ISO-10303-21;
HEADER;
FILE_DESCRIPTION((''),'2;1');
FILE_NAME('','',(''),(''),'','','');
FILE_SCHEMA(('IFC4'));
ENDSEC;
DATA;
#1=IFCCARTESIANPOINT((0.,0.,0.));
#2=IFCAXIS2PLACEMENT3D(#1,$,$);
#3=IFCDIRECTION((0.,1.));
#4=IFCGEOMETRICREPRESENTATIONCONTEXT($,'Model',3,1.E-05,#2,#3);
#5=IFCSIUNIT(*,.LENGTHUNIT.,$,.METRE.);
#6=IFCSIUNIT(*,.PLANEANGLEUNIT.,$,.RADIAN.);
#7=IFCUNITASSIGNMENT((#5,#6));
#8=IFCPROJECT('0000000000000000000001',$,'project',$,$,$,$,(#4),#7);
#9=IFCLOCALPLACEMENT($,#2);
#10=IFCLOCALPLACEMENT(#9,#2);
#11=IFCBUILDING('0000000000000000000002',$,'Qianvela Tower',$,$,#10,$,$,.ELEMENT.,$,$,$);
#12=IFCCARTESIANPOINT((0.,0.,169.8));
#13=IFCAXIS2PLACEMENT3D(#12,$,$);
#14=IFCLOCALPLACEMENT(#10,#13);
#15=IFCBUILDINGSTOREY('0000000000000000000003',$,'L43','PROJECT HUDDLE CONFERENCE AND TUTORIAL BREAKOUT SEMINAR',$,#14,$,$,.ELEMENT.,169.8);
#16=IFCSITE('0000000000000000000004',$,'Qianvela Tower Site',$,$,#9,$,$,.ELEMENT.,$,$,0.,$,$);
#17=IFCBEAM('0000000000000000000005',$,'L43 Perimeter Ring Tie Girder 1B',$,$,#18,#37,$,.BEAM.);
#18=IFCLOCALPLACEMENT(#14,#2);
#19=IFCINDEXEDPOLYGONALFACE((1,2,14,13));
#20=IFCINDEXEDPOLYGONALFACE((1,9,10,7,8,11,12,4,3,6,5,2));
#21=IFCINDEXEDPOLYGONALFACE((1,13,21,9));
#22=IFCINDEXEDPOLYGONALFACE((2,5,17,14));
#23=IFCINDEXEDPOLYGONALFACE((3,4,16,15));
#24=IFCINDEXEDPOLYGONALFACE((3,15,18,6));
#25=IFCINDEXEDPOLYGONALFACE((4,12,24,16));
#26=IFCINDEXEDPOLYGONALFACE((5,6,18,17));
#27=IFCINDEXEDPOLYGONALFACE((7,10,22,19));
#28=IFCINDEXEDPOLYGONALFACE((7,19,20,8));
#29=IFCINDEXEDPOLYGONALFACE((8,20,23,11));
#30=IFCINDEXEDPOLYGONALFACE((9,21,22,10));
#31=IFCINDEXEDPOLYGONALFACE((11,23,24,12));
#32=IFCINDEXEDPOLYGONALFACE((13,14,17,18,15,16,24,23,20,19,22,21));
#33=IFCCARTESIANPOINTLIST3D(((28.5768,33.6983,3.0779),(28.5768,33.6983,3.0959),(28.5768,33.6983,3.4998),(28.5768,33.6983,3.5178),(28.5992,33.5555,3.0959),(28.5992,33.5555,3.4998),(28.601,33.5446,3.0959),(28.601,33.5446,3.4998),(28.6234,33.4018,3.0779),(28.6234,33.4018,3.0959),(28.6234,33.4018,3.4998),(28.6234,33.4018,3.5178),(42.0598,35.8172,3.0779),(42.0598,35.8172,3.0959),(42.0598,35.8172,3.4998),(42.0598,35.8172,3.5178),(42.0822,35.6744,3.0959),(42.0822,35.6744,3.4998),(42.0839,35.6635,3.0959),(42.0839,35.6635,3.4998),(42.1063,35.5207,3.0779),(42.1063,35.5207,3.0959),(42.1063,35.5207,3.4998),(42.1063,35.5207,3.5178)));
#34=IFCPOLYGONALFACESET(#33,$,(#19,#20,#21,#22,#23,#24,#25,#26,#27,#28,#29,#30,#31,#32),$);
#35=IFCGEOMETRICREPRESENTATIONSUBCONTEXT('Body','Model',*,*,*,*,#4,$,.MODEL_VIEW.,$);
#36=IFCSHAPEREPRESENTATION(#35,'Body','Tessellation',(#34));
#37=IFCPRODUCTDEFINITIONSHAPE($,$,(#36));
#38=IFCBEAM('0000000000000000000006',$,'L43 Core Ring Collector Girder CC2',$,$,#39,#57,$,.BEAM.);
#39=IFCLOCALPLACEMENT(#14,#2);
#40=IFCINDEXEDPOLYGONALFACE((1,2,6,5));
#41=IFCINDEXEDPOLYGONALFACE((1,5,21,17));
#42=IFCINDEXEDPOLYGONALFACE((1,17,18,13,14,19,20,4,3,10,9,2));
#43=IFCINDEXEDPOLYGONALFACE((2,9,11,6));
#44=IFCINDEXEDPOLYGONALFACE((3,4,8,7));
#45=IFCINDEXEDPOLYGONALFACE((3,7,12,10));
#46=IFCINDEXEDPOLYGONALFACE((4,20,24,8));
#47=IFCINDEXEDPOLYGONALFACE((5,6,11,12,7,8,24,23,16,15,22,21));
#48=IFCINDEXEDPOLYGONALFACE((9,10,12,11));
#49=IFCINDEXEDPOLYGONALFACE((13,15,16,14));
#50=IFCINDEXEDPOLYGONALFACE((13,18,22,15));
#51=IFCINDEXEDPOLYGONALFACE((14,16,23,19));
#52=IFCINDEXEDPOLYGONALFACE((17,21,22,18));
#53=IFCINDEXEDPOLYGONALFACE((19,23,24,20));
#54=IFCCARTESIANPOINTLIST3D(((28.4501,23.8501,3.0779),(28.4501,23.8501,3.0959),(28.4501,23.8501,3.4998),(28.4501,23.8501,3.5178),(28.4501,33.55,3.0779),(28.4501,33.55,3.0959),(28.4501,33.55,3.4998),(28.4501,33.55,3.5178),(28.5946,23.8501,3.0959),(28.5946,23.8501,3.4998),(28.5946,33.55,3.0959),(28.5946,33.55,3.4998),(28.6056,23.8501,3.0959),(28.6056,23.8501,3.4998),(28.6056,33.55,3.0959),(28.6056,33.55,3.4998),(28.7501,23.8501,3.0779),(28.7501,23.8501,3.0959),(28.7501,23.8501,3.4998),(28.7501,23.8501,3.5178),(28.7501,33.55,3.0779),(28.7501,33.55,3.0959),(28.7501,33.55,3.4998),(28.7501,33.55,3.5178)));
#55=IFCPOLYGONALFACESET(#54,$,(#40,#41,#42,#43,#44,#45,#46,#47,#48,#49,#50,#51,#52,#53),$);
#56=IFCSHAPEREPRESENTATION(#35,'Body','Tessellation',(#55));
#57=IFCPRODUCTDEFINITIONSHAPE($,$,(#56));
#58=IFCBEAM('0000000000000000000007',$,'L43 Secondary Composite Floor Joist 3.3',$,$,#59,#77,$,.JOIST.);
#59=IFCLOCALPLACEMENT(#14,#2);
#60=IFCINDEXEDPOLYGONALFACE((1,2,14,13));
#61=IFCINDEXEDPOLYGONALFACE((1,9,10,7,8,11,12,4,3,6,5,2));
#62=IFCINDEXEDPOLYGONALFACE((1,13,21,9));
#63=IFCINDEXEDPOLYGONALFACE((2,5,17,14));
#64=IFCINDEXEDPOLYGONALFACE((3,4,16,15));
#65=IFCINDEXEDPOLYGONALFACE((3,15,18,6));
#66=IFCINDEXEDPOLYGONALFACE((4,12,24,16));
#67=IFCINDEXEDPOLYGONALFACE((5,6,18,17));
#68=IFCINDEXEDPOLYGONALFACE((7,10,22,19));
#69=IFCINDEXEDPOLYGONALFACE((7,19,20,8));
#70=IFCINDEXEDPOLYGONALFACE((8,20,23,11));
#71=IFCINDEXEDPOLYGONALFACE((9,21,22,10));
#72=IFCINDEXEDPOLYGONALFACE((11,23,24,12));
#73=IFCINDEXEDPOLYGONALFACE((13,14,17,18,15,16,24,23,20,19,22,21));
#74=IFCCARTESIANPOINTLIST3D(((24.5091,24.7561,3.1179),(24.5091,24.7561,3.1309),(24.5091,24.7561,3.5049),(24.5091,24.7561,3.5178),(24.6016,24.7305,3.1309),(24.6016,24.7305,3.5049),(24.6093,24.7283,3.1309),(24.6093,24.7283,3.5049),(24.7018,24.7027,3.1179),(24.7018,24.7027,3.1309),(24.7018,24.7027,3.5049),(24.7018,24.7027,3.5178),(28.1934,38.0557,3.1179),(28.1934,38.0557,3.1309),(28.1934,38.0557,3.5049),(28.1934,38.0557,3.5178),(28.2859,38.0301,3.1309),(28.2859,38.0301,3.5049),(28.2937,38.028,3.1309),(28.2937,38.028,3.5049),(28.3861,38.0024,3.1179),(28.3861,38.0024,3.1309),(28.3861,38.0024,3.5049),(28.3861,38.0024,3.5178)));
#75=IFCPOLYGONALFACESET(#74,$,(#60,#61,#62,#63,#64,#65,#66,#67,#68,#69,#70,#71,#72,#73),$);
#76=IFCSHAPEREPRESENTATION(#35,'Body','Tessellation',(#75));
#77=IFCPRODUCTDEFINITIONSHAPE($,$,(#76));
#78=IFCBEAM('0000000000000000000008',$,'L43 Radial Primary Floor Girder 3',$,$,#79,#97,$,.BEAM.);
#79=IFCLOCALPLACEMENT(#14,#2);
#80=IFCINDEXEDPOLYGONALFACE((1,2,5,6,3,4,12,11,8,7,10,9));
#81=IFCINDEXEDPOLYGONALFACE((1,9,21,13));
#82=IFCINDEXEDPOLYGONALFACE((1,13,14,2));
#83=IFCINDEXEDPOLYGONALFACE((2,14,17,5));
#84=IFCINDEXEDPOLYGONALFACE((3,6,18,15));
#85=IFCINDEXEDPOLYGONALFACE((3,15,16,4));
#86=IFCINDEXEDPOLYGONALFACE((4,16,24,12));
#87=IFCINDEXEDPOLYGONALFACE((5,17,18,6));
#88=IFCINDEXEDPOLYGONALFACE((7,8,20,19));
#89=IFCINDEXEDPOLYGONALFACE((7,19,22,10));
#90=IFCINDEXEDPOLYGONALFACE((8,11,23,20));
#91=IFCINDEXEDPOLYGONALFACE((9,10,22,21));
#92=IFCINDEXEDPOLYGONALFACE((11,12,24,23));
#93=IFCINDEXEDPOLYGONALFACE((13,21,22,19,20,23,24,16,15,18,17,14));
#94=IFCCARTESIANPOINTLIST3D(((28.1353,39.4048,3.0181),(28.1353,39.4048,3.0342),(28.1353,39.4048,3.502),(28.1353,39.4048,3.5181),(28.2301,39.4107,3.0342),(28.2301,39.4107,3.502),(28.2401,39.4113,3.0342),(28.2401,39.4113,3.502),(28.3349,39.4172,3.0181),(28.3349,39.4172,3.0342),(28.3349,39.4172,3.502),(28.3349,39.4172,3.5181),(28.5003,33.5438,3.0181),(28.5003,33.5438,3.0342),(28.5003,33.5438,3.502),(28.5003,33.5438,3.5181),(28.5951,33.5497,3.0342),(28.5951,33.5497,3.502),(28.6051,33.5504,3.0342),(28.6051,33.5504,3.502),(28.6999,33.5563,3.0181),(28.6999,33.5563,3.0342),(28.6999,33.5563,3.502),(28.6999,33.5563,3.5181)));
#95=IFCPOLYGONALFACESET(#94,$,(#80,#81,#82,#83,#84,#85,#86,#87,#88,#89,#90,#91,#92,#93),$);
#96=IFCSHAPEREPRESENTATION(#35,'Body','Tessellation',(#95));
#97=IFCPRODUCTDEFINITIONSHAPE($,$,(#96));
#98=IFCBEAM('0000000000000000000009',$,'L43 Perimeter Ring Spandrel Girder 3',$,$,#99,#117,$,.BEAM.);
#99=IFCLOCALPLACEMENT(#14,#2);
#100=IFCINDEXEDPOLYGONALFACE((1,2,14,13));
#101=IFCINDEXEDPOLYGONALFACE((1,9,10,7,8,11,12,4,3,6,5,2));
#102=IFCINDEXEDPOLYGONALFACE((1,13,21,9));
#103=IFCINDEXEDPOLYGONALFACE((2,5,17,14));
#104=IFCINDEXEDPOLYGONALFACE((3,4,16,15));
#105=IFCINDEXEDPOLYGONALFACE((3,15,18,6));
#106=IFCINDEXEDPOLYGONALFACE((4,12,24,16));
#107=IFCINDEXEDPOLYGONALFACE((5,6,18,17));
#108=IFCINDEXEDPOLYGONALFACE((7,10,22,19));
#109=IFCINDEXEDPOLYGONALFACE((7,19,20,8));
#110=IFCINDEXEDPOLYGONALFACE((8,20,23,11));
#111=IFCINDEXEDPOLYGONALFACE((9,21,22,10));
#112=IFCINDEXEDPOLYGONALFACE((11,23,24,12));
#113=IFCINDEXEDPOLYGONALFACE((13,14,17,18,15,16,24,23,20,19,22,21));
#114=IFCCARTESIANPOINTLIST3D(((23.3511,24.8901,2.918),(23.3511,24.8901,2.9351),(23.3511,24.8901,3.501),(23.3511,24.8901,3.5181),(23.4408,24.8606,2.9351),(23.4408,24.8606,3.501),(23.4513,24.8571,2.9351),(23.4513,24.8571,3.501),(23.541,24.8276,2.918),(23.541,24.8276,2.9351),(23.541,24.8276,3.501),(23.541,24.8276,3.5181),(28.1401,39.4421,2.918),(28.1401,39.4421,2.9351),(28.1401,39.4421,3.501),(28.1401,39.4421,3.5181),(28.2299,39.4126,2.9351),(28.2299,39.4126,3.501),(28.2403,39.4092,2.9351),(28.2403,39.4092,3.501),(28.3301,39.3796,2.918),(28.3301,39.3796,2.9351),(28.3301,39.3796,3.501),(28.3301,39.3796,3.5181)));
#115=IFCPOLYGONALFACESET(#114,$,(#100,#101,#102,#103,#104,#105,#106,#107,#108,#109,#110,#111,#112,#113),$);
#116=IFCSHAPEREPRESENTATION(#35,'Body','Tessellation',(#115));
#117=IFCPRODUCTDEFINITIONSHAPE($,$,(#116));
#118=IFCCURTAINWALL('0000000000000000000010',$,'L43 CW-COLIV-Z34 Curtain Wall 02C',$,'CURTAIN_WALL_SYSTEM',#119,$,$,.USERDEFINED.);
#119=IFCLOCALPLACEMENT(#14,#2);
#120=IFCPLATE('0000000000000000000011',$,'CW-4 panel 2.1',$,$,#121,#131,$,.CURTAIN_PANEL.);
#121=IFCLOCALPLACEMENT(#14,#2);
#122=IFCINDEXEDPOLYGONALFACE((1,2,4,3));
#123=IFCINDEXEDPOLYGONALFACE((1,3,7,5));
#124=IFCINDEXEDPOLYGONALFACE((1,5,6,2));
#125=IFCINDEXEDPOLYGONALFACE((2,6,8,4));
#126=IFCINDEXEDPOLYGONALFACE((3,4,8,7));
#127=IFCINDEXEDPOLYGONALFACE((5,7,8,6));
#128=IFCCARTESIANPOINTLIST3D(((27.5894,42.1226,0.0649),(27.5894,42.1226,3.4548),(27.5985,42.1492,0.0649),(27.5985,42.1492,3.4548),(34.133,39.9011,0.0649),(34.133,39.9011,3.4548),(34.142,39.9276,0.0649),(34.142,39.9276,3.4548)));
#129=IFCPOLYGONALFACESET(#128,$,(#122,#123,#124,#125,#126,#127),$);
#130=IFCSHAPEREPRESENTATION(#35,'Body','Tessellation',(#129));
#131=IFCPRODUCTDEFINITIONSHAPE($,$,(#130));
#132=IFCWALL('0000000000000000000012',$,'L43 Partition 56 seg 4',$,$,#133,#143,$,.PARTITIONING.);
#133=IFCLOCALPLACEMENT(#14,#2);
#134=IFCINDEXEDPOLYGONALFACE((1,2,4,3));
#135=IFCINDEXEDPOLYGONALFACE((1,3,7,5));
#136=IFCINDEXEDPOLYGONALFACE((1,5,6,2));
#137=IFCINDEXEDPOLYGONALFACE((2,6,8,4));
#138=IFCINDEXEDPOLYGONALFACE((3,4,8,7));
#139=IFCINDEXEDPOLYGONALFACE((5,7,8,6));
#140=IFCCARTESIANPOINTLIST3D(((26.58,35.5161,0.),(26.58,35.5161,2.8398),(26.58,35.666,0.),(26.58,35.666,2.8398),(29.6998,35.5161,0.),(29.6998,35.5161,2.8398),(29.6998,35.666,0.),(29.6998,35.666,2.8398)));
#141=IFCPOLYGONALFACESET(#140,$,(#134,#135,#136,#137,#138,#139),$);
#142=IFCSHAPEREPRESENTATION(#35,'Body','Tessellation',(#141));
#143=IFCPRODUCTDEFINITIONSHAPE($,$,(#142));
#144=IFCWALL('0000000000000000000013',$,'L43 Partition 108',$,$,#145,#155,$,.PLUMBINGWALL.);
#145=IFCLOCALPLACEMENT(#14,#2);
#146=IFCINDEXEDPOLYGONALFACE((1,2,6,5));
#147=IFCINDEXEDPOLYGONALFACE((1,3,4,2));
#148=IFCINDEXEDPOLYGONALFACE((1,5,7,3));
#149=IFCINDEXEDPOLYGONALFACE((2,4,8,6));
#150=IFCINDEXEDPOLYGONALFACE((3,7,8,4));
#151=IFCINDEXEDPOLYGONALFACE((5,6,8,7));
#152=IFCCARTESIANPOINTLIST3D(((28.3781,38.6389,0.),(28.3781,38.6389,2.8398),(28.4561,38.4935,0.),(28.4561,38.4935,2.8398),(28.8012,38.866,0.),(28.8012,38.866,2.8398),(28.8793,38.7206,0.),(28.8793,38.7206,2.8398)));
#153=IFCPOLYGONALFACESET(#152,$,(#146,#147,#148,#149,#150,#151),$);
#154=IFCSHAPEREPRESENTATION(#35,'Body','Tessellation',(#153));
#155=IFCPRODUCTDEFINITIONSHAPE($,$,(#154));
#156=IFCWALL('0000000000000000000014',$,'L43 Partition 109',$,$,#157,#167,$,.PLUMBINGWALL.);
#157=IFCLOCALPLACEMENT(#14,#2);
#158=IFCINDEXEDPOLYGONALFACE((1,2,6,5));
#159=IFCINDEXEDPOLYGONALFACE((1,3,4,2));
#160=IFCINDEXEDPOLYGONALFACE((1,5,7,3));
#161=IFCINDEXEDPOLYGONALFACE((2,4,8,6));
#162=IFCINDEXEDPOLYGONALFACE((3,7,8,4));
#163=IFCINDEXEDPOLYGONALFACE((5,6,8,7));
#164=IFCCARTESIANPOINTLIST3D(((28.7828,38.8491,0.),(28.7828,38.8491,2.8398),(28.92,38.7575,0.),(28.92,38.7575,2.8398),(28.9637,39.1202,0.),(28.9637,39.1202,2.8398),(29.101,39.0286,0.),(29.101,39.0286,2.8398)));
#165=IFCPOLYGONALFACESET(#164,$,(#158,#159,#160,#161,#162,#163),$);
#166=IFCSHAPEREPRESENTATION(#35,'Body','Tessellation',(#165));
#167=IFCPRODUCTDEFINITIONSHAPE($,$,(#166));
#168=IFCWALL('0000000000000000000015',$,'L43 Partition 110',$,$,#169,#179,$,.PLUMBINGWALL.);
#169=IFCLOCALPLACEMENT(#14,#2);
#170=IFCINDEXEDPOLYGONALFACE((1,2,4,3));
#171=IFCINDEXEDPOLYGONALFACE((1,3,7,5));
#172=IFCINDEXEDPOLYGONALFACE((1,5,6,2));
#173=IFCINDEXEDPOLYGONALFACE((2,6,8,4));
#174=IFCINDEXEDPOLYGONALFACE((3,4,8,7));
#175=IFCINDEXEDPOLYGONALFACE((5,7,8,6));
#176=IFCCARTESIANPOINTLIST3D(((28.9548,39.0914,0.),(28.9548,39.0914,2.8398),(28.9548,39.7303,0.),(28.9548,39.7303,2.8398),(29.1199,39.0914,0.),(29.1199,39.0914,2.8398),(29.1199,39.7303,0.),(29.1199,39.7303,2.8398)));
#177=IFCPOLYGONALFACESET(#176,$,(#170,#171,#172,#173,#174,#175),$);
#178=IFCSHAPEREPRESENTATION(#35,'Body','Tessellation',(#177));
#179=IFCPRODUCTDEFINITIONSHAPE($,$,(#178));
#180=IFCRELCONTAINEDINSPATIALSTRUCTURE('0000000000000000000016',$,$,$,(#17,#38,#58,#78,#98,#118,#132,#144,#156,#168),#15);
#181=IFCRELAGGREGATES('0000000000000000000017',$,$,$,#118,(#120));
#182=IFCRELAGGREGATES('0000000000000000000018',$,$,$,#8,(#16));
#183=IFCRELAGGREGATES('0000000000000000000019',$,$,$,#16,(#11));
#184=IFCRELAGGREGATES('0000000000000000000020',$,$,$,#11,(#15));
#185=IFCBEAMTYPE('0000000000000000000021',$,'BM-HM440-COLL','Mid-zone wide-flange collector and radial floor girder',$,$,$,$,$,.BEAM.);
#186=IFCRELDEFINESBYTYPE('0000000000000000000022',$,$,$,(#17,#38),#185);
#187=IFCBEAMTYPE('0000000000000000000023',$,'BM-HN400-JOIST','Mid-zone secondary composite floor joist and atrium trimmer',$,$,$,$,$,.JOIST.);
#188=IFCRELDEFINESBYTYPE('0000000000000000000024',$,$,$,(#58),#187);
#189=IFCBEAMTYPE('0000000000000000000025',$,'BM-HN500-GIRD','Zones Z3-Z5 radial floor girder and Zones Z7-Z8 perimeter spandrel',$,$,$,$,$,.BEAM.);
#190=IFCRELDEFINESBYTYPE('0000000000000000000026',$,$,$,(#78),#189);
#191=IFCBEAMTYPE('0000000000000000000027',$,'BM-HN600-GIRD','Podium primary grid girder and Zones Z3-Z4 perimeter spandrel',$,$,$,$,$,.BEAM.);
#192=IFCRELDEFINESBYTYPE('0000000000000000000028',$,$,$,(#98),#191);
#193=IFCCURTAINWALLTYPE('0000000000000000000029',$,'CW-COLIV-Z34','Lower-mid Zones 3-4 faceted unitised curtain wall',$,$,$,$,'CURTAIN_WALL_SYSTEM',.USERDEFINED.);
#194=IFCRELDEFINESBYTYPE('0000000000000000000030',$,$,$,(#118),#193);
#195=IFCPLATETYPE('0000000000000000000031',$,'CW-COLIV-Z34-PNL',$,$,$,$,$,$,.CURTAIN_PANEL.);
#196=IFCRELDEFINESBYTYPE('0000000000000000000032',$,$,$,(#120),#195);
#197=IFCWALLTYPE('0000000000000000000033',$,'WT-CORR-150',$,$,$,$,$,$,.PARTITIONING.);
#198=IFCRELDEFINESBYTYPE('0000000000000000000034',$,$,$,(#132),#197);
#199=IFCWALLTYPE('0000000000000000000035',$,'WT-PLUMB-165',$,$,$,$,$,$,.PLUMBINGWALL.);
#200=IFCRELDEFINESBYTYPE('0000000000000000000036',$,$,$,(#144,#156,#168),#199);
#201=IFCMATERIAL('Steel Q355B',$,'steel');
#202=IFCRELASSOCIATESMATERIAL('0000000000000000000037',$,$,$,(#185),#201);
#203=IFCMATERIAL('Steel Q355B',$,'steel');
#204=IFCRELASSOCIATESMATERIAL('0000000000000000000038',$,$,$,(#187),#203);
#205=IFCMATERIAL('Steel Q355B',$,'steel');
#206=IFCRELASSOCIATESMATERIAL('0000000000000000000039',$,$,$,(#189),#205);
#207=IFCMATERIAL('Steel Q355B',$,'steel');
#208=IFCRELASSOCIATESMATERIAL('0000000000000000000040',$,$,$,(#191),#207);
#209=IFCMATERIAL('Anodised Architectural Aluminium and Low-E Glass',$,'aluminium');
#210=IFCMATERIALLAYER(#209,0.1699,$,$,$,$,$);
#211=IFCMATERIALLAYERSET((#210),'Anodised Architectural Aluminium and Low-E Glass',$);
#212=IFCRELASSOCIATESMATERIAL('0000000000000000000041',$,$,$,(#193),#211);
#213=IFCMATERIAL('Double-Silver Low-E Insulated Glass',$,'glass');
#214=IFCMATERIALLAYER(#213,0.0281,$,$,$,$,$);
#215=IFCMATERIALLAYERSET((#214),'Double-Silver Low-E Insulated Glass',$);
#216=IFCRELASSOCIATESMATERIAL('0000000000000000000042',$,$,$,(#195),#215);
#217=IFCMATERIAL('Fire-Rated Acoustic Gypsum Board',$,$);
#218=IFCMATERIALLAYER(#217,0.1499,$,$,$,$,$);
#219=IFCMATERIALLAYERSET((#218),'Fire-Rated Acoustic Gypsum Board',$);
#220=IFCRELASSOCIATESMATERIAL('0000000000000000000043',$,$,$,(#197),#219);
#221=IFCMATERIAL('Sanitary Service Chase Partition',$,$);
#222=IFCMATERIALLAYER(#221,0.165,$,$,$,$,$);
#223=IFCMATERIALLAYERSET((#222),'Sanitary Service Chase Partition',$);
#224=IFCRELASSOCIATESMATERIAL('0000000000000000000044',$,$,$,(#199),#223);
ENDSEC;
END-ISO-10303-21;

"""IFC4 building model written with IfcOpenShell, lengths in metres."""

from ifc_helpers import new_model, si_unit, direction, frame, frame_2d, origin, origin_2d, place, context, subcontext, project, spatial, rectangle, i_section, extrude, material, layer, layer_set, material_profile, profile_set, type_object, element, aggregate, save


model = new_model("IFC4")

# Units and contexts
model_context = context("Model", 3, precision=1e-05, world=origin(), true_north=direction((0.0, 1.0)))
body_context = subcontext(model_context, "Body", "Model", "MODEL_VIEW")
ifc_project = project(units=[si_unit("LENGTHUNIT", "METRE"), si_unit("PLANEANGLEUNIT", "RADIAN")], contexts=[model_context])

# Site, building, storey
site_placement = place(None, origin())
site = spatial("IfcSite", under=ifc_project, at=site_placement, Name="Qianvela Tower Site", CompositionType="ELEMENT", RefElevation=0.0)
building_placement = place(site_placement, origin())
building = spatial("IfcBuilding", under=site, at=building_placement, Name="Qianvela Tower", CompositionType="ELEMENT")
storey_placement = place(building_placement, frame((0.0, 0.0, 169.8)))
storey = spatial("IfcBuildingStorey", under=building, at=storey_placement, Name="L43", Description="PROJECT HUDDLE CONFERENCE AND TUTORIAL BREAKOUT SEMINAR", CompositionType="ELEMENT", Elevation=169.8)

# Beams
ifc_material_1 = material(Name="Steel Q355B", Category="steel")
ifc_material_profile_1 = material_profile(ifc_material_1, i_section(OverallWidth=0.3, OverallDepth=0.4399, WebThickness=0.011, FlangeThickness=0.0181, at=origin_2d()), Name="HM440x300x11x18")
ifc_profile_set_1 = profile_set([ifc_material_profile_1], Name="Steel Q355B")
beam_type_1 = type_object("IfcBeamType", Name="BM-HM440-COLL", Description="Mid-zone wide-flange collector and radial floor girder", PredefinedType="BEAM", material=ifc_profile_set_1)
beam_1_placement = place(storey_placement, frame((28.6001, 33.55, 3.2979), z_axis=(0.987875, 0.155249, 0.0), x_axis=(-0.155249, 0.987875, 0.0)))
element("IfcBeam", 1, at=beam_1_placement, inside=storey, type_object=beam_type_1, Name="L43 Perimeter Ring Tie Girder 1B", PredefinedType="BEAM", context=body_context, shape_type="SweptSolid", body=[
    extrude(i_section(OverallWidth=0.3, OverallDepth=0.4399, WebThickness=0.011, FlangeThickness=0.0181, at=origin_2d()), origin(), (0.0, 0.0, 1.0), 13.6484),
])
beam_2_placement = place(storey_placement, frame((28.6001, 33.55, 3.2979), z_axis=(0.0, -1.0, 0.0), x_axis=(1.0, 0.0, 0.0)))
element("IfcBeam", 2, at=beam_2_placement, inside=storey, type_object=beam_type_1, Name="L43 Core Ring Collector Girder CC2", PredefinedType="BEAM", context=body_context, shape_type="SweptSolid", body=[
    extrude(i_section(OverallWidth=0.3, OverallDepth=0.4399, WebThickness=0.011, FlangeThickness=0.0181, at=origin_2d()), origin(), (0.0, 0.0, 1.0), 9.7),
])
ifc_material_2 = material(Name="Steel Q355B", Category="steel")
ifc_material_profile_2 = material_profile(ifc_material_2, i_section(OverallWidth=0.2, OverallDepth=0.3999, WebThickness=0.0081, FlangeThickness=0.0129, at=origin_2d()), Name="HN400x200x8x13")
ifc_profile_set_2 = profile_set([ifc_material_profile_2], Name="Steel Q355B")
beam_type_2 = type_object("IfcBeamType", Name="BM-HN400-JOIST", Description="Mid-zone secondary composite floor joist and atrium trimmer", PredefinedType="JOIST", material=ifc_profile_set_2)
beam_3_placement = place(storey_placement, frame((28.2898, 38.0291, 3.3179), z_axis=(-0.266971, -0.963704, 0.0), x_axis=(0.963704, -0.266971, 0.0)))
element("IfcBeam", 3, at=beam_3_placement, inside=storey, type_object=beam_type_2, Name="L43 Secondary Composite Floor Joist 3.3", PredefinedType="JOIST", context=body_context, shape_type="SweptSolid", body=[
    extrude(i_section(OverallWidth=0.2, OverallDepth=0.3999, WebThickness=0.0081, FlangeThickness=0.0129, at=origin_2d()), origin(), (0.0, 0.0, 1.0), 13.8005),
])
ifc_material_3 = material(Name="Steel Q355B", Category="steel")
ifc_material_profile_3 = material_profile(ifc_material_3, i_section(OverallWidth=0.2, OverallDepth=0.5, WebThickness=0.01, FlangeThickness=0.0161, at=origin_2d()), Name="HN500x200x10x16")
ifc_profile_set_3 = profile_set([ifc_material_profile_3], Name="Steel Q355B")
beam_type_3 = type_object("IfcBeamType", Name="BM-HN500-GIRD", Description="Zones Z3-Z5 radial floor girder and Zones Z7-Z8 perimeter spandrel", PredefinedType="BEAM", material=ifc_profile_set_3)
beam_4_placement = place(storey_placement, frame((28.6001, 33.55, 3.2681), z_axis=(-0.062156, 0.998066, 0.0), x_axis=(-0.998066, -0.062156, 0.0)))
element("IfcBeam", 4, at=beam_4_placement, inside=storey, type_object=beam_type_3, Name="L43 Radial Primary Floor Girder 3", PredefinedType="BEAM", context=body_context, shape_type="SweptSolid", body=[
    extrude(i_section(OverallWidth=0.2, OverallDepth=0.5, WebThickness=0.01, FlangeThickness=0.0161, at=origin_2d()), origin(), (0.0, 0.0, 1.0), 5.8723),
])
ifc_material_4 = material(Name="Steel Q355B", Category="steel")
ifc_material_profile_4 = material_profile(ifc_material_4, i_section(OverallWidth=0.2, OverallDepth=0.6001, WebThickness=0.011, FlangeThickness=0.0171, at=origin_2d()), Name="HN600x200x11x17")
ifc_profile_set_4 = profile_set([ifc_material_profile_4], Name="Steel Q355B")
beam_type_4 = type_object("IfcBeamType", Name="BM-HN600-GIRD", Description="Podium primary grid girder and Zones Z3-Z4 perimeter spandrel", PredefinedType="BEAM", material=ifc_profile_set_4)
beam_5_placement = place(storey_placement, frame((28.2351, 39.4109, 3.218), z_axis=(-0.312606, -0.949883, 0.0), x_axis=(0.949883, -0.312606, 0.0)))
element("IfcBeam", 5, at=beam_5_placement, inside=storey, type_object=beam_type_4, Name="L43 Perimeter Ring Spandrel Girder 3", PredefinedType="BEAM", context=body_context, shape_type="SweptSolid", body=[
    extrude(i_section(OverallWidth=0.2, OverallDepth=0.6001, WebThickness=0.011, FlangeThickness=0.0171, at=origin_2d()), origin(), (0.0, 0.0, 1.0), 15.3198),
])

# Curtain wall, plate
ifc_material_5 = material(Name="Anodised Architectural Aluminium and Low-E Glass", Category="aluminium")
ifc_layer_1 = layer(ifc_material_5, 0.1699)
ifc_layer_set_1 = layer_set([ifc_layer_1], Name="Anodised Architectural Aluminium and Low-E Glass")
curtain_wall_type = type_object("IfcCurtainWallType", Name="CW-COLIV-Z34", Description="Lower-mid Zones 3-4 faceted unitised curtain wall", ElementType="CURTAIN_WALL_SYSTEM", PredefinedType="USERDEFINED", material=ifc_layer_set_1)
curtain_wall_placement = place(storey_placement, origin())
curtain_wall = element("IfcCurtainWall", 6, at=curtain_wall_placement, inside=storey, type_object=curtain_wall_type, Name="L43 CW-COLIV-Z34 Curtain Wall 02C", ObjectType="CURTAIN_WALL_SYSTEM", PredefinedType="USERDEFINED")
ifc_material_6 = material(Name="Double-Silver Low-E Insulated Glass", Category="glass")
ifc_layer_2 = layer(ifc_material_6, 0.0281)
ifc_layer_set_2 = layer_set([ifc_layer_2], Name="Double-Silver Low-E Insulated Glass")
plate_type = type_object("IfcPlateType", Name="CW-COLIV-Z34-PNL", PredefinedType="CURTAIN_PANEL", material=ifc_layer_set_2)
plate_placement = place(storey_placement, frame((30.8657, 41.0251, 0.0649), z_axis=(0.0, 0.0, 1.0), x_axis=(-0.946915, 0.321484, 0.0)))
plate = element("IfcPlate", 7, at=plate_placement, type_object=plate_type, Name="CW-4 panel 2.1", PredefinedType="CURTAIN_PANEL", context=body_context, shape_type="SweptSolid", body=[
    extrude(rectangle(XDim=6.9104, YDim=0.0281, at=origin_2d()), origin(), (0.0, 0.0, 1.0), 3.3899),
])
aggregate(curtain_wall, [plate])

# Shared definitions
ifc_material_7 = material(Name="Fire-Rated Acoustic Gypsum Board")
ifc_layer_3 = layer(ifc_material_7, 0.1499)
ifc_layer_set_3 = layer_set([ifc_layer_3], Name="Fire-Rated Acoustic Gypsum Board")
wall_type_1 = type_object("IfcWallType", Name="WT-CORR-150", PredefinedType="PARTITIONING", material=ifc_layer_set_3)

# Walls
wall_1_placement = place(storey_placement, frame((29.7, 35.5911, 0.0), z_axis=(0.0, 0.0, 1.0), x_axis=(-1.0, 0.0, 0.0)))
element("IfcWall", 8, at=wall_1_placement, inside=storey, type_object=wall_type_1, Name="L43 Partition 56 seg 4", PredefinedType="PARTITIONING", context=body_context, shape_type="SweptSolid", body=[
    extrude(rectangle(XDim=3.1199, YDim=0.1499, at=frame_2d((1.5601, 0.0))), origin(), (0.0, 0.0, 1.0), 2.8398),
])
ifc_material_8 = material(Name="Sanitary Service Chase Partition")
ifc_layer_4 = layer(ifc_material_8, 0.165)
ifc_layer_set_4 = layer_set([ifc_layer_4], Name="Sanitary Service Chase Partition")
wall_type_2 = type_object("IfcWallType", Name="WT-PLUMB-165", PredefinedType="PLUMBINGWALL", material=ifc_layer_set_4)
wall_2_placement = place(storey_placement, frame((28.417, 38.5662, 0.0), z_axis=(0.0, 0.0, 1.0), x_axis=(0.88114, 0.472856, 0.0)))
element("IfcWall", 9, at=wall_2_placement, inside=storey, type_object=wall_type_2, Name="L43 Partition 108", PredefinedType="PLUMBINGWALL", context=body_context, shape_type="SweptSolid", body=[
    extrude(rectangle(XDim=0.4802, YDim=0.165, at=frame_2d((0.2402, 0.0))), origin(), (0.0, 0.0, 1.0), 2.8398),
])
wall_3_placement = place(storey_placement, frame((28.8513, 38.8032, 0.0), z_axis=(0.0, 0.0, 1.0), x_axis=(0.555219, 0.831704, 0.0)))
element("IfcWall", 10, at=wall_3_placement, inside=storey, type_object=wall_type_2, Name="L43 Partition 109", PredefinedType="PLUMBINGWALL", context=body_context, shape_type="SweptSolid", body=[
    extrude(rectangle(XDim=0.3259, YDim=0.165, at=frame_2d((0.1631, 0.0))), origin(), (0.0, 0.0, 1.0), 2.8398),
])
wall_4_placement = place(storey_placement, frame((29.0374, 39.0916, 0.0), z_axis=(0.0, 0.0, 1.0), x_axis=(0.0, 1.0, 0.0)))
element("IfcWall", 11, at=wall_4_placement, inside=storey, type_object=wall_type_2, Name="L43 Partition 110", PredefinedType="PLUMBINGWALL", context=body_context, shape_type="SweptSolid", body=[
    extrude(rectangle(XDim=0.6389, YDim=0.165, at=frame_2d((0.3193, 0.0))), origin(), (0.0, 0.0, 1.0), 2.8398),
])

save(model, "model.ifc")
